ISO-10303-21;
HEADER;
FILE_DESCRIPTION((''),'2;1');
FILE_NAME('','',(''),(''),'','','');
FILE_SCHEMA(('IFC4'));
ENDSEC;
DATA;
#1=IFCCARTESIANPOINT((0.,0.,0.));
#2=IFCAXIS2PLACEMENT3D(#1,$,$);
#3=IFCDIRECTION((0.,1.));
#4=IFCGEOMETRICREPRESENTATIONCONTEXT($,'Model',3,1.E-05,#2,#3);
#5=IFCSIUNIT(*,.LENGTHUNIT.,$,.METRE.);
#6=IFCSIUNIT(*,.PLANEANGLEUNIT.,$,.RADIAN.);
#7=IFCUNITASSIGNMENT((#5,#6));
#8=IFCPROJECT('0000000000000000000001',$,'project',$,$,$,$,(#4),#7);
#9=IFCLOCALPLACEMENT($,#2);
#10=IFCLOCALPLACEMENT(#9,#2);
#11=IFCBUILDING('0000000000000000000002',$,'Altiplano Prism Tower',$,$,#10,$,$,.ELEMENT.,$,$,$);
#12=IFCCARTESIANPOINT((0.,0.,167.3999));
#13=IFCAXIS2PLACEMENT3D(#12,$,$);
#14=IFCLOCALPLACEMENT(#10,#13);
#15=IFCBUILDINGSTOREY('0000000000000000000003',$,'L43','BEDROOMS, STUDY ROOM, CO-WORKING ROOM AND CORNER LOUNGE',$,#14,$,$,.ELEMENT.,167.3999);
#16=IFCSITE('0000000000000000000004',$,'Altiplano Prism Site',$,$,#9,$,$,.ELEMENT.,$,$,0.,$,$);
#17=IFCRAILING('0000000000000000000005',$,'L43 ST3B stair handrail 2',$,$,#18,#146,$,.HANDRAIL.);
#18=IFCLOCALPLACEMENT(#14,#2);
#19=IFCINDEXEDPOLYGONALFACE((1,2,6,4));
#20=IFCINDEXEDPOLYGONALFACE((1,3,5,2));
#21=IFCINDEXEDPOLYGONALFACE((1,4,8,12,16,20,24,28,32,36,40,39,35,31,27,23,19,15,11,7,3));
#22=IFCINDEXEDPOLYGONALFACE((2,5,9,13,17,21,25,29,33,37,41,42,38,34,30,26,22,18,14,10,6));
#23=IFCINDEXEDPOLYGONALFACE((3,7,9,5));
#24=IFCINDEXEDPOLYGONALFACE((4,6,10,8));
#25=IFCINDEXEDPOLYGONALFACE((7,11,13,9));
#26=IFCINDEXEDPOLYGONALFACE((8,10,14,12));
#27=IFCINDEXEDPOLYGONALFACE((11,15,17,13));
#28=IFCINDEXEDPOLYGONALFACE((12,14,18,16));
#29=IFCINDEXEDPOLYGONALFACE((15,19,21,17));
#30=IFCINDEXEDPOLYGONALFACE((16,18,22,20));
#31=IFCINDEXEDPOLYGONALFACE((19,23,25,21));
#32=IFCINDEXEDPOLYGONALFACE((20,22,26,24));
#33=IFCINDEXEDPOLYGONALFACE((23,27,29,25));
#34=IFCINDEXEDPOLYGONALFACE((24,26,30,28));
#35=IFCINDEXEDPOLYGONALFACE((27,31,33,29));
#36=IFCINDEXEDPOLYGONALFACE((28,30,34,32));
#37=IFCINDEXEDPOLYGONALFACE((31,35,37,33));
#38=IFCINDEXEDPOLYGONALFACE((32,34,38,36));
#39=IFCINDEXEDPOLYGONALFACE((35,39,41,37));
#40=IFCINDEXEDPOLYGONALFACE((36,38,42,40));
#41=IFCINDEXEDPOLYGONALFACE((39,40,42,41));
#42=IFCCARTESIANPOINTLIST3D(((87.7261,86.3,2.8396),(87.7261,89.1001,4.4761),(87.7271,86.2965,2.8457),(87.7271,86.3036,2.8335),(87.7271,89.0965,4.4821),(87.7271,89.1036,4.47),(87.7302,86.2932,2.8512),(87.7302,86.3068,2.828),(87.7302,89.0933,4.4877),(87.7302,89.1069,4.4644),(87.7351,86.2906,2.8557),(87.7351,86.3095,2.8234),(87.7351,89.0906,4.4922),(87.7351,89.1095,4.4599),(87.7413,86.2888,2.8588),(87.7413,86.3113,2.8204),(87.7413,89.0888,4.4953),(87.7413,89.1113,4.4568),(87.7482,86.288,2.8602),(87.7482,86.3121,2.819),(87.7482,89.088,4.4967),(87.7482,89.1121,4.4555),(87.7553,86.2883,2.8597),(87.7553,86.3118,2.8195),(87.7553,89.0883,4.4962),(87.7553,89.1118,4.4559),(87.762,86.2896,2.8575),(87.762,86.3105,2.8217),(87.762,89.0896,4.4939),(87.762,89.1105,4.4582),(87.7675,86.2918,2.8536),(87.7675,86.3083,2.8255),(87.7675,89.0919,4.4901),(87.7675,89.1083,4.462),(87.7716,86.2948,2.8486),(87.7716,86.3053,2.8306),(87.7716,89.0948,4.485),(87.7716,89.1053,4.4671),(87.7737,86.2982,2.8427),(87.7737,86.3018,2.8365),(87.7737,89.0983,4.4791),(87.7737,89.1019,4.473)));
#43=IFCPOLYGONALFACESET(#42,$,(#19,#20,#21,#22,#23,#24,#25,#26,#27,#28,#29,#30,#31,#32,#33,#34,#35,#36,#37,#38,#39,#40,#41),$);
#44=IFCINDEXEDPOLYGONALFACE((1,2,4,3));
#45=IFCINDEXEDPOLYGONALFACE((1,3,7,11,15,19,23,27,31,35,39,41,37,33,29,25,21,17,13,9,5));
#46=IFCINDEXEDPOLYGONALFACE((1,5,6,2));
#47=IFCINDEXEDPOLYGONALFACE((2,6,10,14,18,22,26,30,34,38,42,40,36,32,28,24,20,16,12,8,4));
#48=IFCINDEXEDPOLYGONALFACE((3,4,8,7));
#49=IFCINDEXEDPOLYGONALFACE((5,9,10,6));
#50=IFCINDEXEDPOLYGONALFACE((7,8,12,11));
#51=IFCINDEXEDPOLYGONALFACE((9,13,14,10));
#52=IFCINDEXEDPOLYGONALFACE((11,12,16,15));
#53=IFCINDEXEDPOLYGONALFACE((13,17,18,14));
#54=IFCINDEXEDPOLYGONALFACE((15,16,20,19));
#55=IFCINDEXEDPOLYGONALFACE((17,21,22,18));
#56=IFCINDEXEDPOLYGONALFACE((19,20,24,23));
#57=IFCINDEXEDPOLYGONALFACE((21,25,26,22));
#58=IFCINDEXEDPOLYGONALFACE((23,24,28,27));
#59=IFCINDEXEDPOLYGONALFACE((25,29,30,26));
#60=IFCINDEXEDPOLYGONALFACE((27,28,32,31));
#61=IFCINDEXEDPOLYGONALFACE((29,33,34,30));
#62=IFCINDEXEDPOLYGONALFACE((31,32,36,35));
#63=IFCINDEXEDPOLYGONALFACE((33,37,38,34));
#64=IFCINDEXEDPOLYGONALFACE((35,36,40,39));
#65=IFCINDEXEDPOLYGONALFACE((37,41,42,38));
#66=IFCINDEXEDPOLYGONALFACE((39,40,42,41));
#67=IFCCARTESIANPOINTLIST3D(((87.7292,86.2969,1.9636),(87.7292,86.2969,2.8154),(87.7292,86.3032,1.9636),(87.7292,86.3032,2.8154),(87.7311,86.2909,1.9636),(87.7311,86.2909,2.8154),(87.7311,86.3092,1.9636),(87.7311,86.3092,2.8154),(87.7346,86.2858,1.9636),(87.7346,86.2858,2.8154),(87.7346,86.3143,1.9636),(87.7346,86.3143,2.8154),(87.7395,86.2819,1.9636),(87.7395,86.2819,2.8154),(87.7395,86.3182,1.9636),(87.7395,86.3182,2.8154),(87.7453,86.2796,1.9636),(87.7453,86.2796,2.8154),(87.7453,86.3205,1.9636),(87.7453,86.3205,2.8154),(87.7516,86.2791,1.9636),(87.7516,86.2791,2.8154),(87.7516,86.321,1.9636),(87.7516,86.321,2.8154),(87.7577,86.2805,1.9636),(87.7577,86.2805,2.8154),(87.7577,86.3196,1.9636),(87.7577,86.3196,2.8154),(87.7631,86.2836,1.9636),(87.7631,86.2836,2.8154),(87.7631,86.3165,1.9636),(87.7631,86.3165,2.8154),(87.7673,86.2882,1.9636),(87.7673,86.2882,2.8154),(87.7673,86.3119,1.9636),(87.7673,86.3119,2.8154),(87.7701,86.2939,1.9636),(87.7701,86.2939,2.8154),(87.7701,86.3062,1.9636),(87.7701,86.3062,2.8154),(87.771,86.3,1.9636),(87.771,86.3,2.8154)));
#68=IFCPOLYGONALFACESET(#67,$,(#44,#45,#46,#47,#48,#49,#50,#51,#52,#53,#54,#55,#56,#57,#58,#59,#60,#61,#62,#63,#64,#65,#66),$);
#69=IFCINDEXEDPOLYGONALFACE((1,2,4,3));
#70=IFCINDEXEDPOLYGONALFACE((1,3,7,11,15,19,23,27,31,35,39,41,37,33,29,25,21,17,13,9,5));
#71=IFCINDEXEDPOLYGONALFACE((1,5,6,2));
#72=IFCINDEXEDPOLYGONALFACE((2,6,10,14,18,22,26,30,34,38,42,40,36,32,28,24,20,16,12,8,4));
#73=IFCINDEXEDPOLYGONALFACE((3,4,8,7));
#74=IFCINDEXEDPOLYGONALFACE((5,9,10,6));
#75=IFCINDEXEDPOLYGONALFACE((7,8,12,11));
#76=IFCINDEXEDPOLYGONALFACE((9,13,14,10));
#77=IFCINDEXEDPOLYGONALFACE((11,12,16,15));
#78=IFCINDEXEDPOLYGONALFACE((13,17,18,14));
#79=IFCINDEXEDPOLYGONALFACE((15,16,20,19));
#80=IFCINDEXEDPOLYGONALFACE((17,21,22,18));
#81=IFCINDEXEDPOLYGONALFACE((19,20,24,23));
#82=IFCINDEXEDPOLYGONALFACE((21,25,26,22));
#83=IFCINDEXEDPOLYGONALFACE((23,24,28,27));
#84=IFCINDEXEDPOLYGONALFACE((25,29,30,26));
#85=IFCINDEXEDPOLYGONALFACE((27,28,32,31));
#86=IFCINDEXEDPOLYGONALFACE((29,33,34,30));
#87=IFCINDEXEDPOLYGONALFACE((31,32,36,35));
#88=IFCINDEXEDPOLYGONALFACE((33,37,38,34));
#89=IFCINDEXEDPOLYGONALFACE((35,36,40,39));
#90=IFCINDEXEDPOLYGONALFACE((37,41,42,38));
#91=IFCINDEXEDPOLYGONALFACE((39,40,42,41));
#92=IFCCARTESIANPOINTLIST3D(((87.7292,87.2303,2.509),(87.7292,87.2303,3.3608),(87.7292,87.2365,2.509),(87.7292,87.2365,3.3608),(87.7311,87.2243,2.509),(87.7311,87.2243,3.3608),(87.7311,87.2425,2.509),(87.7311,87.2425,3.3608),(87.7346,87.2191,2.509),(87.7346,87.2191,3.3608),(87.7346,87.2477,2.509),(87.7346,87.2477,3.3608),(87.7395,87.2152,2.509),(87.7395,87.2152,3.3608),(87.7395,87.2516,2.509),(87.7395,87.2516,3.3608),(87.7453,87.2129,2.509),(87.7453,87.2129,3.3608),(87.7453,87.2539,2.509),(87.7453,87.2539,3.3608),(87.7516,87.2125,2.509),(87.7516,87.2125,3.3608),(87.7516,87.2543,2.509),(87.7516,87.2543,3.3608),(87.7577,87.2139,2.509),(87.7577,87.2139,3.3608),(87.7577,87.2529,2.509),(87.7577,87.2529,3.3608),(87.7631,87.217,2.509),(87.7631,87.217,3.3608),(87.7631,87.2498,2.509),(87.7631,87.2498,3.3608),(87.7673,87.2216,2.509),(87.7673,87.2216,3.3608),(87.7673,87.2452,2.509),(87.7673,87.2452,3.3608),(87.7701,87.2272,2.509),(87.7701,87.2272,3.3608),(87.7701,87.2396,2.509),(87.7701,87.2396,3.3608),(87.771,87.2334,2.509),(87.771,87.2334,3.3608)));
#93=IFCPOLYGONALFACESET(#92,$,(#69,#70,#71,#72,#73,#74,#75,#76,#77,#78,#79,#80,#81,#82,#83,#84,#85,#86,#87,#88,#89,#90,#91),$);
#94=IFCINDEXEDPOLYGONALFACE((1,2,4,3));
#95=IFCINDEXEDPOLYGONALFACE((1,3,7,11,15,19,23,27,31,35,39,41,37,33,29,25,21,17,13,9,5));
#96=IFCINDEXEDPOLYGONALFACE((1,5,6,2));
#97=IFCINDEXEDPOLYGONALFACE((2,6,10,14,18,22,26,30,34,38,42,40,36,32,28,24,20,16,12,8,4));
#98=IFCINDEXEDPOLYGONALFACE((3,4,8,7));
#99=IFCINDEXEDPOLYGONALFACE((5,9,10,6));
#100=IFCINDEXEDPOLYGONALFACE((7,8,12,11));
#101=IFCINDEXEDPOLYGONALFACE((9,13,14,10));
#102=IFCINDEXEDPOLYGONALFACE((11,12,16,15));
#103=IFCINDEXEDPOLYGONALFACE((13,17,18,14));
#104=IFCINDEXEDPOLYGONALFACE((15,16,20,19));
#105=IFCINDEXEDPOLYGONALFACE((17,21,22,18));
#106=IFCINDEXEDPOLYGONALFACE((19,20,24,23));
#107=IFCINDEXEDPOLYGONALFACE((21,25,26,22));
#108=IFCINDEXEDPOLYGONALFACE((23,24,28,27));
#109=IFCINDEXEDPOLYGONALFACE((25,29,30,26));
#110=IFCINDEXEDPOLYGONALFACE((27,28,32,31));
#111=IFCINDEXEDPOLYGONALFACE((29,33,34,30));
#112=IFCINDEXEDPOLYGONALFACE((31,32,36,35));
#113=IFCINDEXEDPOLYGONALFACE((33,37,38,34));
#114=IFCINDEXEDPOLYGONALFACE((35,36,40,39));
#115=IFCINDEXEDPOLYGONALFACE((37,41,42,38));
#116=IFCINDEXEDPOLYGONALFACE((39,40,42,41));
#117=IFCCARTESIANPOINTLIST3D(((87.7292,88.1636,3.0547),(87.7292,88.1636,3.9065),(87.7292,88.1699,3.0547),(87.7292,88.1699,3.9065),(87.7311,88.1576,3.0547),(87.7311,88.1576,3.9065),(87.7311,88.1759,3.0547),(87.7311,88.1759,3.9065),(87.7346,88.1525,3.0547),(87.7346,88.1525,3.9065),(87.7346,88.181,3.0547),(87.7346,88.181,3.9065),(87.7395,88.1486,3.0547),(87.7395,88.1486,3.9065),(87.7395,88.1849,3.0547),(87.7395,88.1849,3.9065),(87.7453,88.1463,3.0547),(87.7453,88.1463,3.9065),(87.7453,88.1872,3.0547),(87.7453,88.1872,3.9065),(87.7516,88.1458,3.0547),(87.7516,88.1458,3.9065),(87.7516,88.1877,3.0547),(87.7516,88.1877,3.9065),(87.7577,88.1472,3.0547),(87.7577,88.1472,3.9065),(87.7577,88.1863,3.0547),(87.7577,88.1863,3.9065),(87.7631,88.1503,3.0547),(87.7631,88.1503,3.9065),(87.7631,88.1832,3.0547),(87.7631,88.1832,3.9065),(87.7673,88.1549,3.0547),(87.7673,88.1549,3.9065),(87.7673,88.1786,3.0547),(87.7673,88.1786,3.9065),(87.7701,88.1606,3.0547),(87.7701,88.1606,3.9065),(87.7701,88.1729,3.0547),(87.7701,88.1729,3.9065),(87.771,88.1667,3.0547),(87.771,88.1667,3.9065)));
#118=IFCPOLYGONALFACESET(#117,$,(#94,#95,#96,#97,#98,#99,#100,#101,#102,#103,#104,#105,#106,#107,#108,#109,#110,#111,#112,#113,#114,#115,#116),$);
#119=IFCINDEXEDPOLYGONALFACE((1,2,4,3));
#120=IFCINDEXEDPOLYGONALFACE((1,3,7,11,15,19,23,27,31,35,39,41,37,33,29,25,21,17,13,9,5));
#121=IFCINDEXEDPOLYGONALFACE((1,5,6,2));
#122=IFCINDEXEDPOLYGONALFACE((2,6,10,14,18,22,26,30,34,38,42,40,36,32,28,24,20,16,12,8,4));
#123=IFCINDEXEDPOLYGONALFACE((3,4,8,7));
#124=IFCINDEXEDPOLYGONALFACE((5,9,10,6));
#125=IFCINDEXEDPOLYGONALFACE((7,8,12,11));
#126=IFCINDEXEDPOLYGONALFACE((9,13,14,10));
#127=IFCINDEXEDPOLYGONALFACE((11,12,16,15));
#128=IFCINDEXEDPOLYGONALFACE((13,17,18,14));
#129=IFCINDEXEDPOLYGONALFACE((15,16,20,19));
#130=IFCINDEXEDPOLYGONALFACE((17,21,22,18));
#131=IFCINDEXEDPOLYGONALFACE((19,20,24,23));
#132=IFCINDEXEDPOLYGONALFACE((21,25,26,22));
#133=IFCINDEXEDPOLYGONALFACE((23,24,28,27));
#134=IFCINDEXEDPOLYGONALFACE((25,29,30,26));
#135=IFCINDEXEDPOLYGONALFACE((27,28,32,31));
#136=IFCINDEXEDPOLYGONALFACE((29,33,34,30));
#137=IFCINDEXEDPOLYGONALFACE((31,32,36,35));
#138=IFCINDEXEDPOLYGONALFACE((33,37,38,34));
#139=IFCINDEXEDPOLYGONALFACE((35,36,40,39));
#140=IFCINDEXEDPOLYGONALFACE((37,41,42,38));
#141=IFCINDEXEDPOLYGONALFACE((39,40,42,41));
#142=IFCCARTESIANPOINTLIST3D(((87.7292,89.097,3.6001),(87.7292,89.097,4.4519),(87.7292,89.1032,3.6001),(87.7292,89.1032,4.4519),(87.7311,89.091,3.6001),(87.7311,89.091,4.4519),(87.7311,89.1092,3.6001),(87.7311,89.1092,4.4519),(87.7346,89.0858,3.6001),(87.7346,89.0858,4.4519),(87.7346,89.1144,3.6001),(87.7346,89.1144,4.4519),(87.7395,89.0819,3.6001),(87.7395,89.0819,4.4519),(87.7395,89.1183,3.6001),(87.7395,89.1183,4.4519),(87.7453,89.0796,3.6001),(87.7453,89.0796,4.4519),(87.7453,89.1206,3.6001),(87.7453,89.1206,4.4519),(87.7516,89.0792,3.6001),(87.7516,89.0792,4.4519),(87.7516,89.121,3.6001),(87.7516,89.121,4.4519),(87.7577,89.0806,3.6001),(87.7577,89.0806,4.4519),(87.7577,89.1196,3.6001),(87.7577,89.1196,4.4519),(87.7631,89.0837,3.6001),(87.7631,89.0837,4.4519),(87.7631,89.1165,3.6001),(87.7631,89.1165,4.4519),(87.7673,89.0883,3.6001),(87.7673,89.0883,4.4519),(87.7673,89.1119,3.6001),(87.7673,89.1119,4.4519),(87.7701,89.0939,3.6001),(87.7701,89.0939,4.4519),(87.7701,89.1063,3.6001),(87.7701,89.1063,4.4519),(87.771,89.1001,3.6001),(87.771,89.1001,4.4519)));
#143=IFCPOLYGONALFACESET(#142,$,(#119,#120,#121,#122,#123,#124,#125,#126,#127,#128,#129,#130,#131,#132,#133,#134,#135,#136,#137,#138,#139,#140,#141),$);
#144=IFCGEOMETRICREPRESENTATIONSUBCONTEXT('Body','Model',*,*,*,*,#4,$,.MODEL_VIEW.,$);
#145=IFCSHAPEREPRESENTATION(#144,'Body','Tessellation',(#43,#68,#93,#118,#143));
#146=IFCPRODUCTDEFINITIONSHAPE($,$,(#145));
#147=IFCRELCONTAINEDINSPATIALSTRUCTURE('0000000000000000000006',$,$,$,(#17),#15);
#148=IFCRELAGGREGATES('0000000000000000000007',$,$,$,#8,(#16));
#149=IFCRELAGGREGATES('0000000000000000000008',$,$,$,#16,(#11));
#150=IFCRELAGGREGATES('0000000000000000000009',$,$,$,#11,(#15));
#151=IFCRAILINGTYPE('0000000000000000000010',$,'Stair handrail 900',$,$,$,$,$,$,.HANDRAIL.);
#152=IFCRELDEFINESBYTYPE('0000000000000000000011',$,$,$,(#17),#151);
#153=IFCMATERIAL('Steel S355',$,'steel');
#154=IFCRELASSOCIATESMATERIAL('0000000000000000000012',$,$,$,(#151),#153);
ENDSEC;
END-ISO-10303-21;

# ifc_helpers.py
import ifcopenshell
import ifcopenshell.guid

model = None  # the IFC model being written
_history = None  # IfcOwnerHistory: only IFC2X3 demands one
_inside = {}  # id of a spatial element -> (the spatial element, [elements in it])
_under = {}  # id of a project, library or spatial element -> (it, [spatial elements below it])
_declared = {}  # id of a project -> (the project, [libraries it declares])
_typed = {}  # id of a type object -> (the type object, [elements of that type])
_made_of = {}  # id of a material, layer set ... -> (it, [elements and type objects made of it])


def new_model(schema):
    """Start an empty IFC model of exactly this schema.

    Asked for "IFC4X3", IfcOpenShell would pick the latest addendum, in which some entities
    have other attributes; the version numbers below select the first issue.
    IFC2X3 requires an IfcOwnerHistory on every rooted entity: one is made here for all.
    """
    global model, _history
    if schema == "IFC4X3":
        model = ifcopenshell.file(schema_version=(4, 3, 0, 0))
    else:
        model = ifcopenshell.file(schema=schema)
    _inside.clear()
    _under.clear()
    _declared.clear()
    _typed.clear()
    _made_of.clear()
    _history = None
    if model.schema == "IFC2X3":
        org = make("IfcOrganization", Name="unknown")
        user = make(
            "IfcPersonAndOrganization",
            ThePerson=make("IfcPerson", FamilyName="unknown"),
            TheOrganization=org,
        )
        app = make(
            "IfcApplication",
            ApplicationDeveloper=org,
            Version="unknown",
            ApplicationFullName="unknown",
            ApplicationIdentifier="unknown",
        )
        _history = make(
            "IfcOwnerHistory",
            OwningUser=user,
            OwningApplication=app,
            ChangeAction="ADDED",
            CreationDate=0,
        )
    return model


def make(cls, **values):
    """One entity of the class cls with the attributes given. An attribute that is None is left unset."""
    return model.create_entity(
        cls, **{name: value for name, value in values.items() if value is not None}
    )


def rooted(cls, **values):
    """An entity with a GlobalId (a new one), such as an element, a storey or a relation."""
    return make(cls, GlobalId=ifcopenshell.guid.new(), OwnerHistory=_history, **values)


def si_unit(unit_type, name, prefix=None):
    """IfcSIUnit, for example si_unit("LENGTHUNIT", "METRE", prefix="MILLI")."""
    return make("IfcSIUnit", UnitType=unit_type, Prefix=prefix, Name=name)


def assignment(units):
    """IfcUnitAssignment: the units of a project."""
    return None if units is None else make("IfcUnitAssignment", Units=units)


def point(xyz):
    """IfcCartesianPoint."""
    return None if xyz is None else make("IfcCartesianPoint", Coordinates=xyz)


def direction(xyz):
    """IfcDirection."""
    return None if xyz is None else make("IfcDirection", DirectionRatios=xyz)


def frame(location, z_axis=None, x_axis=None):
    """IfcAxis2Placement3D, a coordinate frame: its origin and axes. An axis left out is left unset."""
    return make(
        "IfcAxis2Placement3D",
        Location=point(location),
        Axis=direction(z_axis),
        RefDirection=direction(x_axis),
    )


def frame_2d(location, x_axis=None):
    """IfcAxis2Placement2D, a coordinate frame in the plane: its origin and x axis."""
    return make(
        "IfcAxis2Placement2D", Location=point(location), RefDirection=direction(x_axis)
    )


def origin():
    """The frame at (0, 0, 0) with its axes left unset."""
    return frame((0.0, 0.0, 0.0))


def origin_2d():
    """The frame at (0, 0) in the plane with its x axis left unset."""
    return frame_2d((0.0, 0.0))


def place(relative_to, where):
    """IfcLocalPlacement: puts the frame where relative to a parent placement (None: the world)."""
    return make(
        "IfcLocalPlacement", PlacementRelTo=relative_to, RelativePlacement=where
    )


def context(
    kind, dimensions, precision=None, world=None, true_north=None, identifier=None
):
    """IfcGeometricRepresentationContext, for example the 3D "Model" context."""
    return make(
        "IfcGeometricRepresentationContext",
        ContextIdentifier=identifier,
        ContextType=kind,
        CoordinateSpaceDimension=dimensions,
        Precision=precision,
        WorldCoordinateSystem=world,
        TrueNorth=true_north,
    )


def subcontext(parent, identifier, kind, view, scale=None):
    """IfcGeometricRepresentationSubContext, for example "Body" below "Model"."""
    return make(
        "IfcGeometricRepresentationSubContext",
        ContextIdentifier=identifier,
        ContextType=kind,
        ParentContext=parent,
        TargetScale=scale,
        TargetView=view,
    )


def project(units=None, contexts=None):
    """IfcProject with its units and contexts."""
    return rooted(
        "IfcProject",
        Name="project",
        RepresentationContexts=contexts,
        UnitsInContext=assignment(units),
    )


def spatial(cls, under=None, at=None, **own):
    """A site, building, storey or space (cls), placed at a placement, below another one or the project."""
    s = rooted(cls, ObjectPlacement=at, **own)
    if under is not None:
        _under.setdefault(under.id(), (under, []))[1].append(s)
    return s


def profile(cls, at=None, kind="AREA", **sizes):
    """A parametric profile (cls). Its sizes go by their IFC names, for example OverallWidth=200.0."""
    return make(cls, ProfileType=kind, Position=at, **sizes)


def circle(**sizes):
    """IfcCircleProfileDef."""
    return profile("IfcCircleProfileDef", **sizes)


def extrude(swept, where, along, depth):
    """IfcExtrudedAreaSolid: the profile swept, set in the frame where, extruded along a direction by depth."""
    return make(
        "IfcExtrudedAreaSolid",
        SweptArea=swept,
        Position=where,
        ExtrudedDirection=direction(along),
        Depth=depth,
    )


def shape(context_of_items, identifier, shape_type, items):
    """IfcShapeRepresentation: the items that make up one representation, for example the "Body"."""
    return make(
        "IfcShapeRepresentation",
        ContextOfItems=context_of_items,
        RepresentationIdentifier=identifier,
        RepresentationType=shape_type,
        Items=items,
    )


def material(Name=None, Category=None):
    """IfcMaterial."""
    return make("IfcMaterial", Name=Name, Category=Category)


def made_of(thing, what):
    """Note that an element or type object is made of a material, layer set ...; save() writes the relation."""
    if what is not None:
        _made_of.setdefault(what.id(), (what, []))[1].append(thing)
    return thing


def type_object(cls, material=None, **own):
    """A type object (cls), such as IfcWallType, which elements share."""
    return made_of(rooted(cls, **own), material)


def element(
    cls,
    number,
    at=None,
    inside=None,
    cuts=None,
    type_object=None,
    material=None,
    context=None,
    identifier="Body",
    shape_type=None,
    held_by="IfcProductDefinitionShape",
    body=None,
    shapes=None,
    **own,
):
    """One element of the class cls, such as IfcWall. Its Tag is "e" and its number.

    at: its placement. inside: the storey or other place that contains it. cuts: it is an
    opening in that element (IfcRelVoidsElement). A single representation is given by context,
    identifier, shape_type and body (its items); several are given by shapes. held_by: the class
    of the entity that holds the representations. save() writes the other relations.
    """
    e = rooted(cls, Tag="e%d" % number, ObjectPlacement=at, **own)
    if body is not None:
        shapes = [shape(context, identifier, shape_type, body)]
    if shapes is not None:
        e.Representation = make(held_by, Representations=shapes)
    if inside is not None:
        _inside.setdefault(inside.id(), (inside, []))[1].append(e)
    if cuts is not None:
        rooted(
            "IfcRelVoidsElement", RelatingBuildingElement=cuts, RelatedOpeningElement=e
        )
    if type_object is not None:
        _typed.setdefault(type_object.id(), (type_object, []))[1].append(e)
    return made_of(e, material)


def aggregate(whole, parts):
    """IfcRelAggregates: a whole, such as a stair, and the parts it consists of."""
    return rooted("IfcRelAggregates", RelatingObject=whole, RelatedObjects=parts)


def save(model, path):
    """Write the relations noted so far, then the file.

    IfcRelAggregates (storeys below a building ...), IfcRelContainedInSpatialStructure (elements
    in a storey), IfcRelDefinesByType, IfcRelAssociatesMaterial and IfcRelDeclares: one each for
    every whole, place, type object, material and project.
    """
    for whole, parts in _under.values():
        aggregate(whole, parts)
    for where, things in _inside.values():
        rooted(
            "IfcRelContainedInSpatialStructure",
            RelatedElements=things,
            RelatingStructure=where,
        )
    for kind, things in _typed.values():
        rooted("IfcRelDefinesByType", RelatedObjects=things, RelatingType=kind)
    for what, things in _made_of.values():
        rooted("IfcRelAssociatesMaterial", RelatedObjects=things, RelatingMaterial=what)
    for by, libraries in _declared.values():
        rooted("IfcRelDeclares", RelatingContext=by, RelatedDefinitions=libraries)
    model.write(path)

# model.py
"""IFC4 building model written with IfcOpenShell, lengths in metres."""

from ifc_helpers import new_model, si_unit, direction, frame, origin, origin_2d, place, context, subcontext, project, spatial, circle, extrude, material, type_object, element, save


model = new_model("IFC4")

# Units and contexts
model_context = context("Model", 3, precision=1e-05, world=origin(), true_north=direction((0.0, 1.0)))
body_context = subcontext(model_context, "Body", "Model", "MODEL_VIEW")
ifc_project = project(units=[si_unit("LENGTHUNIT", "METRE"), si_unit("PLANEANGLEUNIT", "RADIAN")], contexts=[model_context])

# Site, building, storey
site_placement = place(None, origin())
site = spatial("IfcSite", under=ifc_project, at=site_placement, Name="Altiplano Prism Site", CompositionType="ELEMENT", RefElevation=0.0)
building_placement = place(site_placement, origin())
building = spatial("IfcBuilding", under=site, at=building_placement, Name="Altiplano Prism Tower", CompositionType="ELEMENT")
storey_placement = place(building_placement, frame((0.0, 0.0, 167.3999)))
storey = spatial("IfcBuildingStorey", under=building, at=storey_placement, Name="L43", Description="BEDROOMS, STUDY ROOM, CO-WORKING ROOM AND CORNER LOUNGE", CompositionType="ELEMENT", Elevation=167.3999)

# Railing
ifc_material_1 = material(Name="Steel S355", Category="steel")
railing_type = type_object("IfcRailingType", Name="Stair handrail 900", PredefinedType="HANDRAIL", material=ifc_material_1)
for number, where, name in (
    (1, (87.75, 86.3, 1.9636), "L43 ST3B stair handrail 2"),
):
    element("IfcRailing", number, at=place(storey_placement, frame(where)), inside=storey, type_object=railing_type, Name=name, PredefinedType="HANDRAIL", context=body_context, shape_type="SweptSolid", body=[
        extrude(circle(Radius=0.0239, at=origin_2d()), frame((0.0, 0.0, 0.876), z_axis=(0.0, 0.863361, 0.504587), x_axis=(-1.0, 0.0, 0.0)), (0.0, 0.0, 1.0), 3.2432),
        extrude(circle(Radius=0.021, at=origin_2d()), origin(), (0.0, 0.0, 1.0), 0.8518),
        extrude(circle(Radius=0.021, at=origin_2d()), frame((0.0, 0.9333, 0.5454)), (0.0, 0.0, 1.0), 0.8518),
        extrude(circle(Radius=0.021, at=origin_2d()), frame((0.0, 1.8667, 1.0911)), (0.0, 0.0, 1.0), 0.8518),
        extrude(circle(Radius=0.021, at=origin_2d()), frame((0.0, 2.8, 1.6365)), (0.0, 0.0, 1.0), 0.8518),
    ])

save(model, "model.ifc")
